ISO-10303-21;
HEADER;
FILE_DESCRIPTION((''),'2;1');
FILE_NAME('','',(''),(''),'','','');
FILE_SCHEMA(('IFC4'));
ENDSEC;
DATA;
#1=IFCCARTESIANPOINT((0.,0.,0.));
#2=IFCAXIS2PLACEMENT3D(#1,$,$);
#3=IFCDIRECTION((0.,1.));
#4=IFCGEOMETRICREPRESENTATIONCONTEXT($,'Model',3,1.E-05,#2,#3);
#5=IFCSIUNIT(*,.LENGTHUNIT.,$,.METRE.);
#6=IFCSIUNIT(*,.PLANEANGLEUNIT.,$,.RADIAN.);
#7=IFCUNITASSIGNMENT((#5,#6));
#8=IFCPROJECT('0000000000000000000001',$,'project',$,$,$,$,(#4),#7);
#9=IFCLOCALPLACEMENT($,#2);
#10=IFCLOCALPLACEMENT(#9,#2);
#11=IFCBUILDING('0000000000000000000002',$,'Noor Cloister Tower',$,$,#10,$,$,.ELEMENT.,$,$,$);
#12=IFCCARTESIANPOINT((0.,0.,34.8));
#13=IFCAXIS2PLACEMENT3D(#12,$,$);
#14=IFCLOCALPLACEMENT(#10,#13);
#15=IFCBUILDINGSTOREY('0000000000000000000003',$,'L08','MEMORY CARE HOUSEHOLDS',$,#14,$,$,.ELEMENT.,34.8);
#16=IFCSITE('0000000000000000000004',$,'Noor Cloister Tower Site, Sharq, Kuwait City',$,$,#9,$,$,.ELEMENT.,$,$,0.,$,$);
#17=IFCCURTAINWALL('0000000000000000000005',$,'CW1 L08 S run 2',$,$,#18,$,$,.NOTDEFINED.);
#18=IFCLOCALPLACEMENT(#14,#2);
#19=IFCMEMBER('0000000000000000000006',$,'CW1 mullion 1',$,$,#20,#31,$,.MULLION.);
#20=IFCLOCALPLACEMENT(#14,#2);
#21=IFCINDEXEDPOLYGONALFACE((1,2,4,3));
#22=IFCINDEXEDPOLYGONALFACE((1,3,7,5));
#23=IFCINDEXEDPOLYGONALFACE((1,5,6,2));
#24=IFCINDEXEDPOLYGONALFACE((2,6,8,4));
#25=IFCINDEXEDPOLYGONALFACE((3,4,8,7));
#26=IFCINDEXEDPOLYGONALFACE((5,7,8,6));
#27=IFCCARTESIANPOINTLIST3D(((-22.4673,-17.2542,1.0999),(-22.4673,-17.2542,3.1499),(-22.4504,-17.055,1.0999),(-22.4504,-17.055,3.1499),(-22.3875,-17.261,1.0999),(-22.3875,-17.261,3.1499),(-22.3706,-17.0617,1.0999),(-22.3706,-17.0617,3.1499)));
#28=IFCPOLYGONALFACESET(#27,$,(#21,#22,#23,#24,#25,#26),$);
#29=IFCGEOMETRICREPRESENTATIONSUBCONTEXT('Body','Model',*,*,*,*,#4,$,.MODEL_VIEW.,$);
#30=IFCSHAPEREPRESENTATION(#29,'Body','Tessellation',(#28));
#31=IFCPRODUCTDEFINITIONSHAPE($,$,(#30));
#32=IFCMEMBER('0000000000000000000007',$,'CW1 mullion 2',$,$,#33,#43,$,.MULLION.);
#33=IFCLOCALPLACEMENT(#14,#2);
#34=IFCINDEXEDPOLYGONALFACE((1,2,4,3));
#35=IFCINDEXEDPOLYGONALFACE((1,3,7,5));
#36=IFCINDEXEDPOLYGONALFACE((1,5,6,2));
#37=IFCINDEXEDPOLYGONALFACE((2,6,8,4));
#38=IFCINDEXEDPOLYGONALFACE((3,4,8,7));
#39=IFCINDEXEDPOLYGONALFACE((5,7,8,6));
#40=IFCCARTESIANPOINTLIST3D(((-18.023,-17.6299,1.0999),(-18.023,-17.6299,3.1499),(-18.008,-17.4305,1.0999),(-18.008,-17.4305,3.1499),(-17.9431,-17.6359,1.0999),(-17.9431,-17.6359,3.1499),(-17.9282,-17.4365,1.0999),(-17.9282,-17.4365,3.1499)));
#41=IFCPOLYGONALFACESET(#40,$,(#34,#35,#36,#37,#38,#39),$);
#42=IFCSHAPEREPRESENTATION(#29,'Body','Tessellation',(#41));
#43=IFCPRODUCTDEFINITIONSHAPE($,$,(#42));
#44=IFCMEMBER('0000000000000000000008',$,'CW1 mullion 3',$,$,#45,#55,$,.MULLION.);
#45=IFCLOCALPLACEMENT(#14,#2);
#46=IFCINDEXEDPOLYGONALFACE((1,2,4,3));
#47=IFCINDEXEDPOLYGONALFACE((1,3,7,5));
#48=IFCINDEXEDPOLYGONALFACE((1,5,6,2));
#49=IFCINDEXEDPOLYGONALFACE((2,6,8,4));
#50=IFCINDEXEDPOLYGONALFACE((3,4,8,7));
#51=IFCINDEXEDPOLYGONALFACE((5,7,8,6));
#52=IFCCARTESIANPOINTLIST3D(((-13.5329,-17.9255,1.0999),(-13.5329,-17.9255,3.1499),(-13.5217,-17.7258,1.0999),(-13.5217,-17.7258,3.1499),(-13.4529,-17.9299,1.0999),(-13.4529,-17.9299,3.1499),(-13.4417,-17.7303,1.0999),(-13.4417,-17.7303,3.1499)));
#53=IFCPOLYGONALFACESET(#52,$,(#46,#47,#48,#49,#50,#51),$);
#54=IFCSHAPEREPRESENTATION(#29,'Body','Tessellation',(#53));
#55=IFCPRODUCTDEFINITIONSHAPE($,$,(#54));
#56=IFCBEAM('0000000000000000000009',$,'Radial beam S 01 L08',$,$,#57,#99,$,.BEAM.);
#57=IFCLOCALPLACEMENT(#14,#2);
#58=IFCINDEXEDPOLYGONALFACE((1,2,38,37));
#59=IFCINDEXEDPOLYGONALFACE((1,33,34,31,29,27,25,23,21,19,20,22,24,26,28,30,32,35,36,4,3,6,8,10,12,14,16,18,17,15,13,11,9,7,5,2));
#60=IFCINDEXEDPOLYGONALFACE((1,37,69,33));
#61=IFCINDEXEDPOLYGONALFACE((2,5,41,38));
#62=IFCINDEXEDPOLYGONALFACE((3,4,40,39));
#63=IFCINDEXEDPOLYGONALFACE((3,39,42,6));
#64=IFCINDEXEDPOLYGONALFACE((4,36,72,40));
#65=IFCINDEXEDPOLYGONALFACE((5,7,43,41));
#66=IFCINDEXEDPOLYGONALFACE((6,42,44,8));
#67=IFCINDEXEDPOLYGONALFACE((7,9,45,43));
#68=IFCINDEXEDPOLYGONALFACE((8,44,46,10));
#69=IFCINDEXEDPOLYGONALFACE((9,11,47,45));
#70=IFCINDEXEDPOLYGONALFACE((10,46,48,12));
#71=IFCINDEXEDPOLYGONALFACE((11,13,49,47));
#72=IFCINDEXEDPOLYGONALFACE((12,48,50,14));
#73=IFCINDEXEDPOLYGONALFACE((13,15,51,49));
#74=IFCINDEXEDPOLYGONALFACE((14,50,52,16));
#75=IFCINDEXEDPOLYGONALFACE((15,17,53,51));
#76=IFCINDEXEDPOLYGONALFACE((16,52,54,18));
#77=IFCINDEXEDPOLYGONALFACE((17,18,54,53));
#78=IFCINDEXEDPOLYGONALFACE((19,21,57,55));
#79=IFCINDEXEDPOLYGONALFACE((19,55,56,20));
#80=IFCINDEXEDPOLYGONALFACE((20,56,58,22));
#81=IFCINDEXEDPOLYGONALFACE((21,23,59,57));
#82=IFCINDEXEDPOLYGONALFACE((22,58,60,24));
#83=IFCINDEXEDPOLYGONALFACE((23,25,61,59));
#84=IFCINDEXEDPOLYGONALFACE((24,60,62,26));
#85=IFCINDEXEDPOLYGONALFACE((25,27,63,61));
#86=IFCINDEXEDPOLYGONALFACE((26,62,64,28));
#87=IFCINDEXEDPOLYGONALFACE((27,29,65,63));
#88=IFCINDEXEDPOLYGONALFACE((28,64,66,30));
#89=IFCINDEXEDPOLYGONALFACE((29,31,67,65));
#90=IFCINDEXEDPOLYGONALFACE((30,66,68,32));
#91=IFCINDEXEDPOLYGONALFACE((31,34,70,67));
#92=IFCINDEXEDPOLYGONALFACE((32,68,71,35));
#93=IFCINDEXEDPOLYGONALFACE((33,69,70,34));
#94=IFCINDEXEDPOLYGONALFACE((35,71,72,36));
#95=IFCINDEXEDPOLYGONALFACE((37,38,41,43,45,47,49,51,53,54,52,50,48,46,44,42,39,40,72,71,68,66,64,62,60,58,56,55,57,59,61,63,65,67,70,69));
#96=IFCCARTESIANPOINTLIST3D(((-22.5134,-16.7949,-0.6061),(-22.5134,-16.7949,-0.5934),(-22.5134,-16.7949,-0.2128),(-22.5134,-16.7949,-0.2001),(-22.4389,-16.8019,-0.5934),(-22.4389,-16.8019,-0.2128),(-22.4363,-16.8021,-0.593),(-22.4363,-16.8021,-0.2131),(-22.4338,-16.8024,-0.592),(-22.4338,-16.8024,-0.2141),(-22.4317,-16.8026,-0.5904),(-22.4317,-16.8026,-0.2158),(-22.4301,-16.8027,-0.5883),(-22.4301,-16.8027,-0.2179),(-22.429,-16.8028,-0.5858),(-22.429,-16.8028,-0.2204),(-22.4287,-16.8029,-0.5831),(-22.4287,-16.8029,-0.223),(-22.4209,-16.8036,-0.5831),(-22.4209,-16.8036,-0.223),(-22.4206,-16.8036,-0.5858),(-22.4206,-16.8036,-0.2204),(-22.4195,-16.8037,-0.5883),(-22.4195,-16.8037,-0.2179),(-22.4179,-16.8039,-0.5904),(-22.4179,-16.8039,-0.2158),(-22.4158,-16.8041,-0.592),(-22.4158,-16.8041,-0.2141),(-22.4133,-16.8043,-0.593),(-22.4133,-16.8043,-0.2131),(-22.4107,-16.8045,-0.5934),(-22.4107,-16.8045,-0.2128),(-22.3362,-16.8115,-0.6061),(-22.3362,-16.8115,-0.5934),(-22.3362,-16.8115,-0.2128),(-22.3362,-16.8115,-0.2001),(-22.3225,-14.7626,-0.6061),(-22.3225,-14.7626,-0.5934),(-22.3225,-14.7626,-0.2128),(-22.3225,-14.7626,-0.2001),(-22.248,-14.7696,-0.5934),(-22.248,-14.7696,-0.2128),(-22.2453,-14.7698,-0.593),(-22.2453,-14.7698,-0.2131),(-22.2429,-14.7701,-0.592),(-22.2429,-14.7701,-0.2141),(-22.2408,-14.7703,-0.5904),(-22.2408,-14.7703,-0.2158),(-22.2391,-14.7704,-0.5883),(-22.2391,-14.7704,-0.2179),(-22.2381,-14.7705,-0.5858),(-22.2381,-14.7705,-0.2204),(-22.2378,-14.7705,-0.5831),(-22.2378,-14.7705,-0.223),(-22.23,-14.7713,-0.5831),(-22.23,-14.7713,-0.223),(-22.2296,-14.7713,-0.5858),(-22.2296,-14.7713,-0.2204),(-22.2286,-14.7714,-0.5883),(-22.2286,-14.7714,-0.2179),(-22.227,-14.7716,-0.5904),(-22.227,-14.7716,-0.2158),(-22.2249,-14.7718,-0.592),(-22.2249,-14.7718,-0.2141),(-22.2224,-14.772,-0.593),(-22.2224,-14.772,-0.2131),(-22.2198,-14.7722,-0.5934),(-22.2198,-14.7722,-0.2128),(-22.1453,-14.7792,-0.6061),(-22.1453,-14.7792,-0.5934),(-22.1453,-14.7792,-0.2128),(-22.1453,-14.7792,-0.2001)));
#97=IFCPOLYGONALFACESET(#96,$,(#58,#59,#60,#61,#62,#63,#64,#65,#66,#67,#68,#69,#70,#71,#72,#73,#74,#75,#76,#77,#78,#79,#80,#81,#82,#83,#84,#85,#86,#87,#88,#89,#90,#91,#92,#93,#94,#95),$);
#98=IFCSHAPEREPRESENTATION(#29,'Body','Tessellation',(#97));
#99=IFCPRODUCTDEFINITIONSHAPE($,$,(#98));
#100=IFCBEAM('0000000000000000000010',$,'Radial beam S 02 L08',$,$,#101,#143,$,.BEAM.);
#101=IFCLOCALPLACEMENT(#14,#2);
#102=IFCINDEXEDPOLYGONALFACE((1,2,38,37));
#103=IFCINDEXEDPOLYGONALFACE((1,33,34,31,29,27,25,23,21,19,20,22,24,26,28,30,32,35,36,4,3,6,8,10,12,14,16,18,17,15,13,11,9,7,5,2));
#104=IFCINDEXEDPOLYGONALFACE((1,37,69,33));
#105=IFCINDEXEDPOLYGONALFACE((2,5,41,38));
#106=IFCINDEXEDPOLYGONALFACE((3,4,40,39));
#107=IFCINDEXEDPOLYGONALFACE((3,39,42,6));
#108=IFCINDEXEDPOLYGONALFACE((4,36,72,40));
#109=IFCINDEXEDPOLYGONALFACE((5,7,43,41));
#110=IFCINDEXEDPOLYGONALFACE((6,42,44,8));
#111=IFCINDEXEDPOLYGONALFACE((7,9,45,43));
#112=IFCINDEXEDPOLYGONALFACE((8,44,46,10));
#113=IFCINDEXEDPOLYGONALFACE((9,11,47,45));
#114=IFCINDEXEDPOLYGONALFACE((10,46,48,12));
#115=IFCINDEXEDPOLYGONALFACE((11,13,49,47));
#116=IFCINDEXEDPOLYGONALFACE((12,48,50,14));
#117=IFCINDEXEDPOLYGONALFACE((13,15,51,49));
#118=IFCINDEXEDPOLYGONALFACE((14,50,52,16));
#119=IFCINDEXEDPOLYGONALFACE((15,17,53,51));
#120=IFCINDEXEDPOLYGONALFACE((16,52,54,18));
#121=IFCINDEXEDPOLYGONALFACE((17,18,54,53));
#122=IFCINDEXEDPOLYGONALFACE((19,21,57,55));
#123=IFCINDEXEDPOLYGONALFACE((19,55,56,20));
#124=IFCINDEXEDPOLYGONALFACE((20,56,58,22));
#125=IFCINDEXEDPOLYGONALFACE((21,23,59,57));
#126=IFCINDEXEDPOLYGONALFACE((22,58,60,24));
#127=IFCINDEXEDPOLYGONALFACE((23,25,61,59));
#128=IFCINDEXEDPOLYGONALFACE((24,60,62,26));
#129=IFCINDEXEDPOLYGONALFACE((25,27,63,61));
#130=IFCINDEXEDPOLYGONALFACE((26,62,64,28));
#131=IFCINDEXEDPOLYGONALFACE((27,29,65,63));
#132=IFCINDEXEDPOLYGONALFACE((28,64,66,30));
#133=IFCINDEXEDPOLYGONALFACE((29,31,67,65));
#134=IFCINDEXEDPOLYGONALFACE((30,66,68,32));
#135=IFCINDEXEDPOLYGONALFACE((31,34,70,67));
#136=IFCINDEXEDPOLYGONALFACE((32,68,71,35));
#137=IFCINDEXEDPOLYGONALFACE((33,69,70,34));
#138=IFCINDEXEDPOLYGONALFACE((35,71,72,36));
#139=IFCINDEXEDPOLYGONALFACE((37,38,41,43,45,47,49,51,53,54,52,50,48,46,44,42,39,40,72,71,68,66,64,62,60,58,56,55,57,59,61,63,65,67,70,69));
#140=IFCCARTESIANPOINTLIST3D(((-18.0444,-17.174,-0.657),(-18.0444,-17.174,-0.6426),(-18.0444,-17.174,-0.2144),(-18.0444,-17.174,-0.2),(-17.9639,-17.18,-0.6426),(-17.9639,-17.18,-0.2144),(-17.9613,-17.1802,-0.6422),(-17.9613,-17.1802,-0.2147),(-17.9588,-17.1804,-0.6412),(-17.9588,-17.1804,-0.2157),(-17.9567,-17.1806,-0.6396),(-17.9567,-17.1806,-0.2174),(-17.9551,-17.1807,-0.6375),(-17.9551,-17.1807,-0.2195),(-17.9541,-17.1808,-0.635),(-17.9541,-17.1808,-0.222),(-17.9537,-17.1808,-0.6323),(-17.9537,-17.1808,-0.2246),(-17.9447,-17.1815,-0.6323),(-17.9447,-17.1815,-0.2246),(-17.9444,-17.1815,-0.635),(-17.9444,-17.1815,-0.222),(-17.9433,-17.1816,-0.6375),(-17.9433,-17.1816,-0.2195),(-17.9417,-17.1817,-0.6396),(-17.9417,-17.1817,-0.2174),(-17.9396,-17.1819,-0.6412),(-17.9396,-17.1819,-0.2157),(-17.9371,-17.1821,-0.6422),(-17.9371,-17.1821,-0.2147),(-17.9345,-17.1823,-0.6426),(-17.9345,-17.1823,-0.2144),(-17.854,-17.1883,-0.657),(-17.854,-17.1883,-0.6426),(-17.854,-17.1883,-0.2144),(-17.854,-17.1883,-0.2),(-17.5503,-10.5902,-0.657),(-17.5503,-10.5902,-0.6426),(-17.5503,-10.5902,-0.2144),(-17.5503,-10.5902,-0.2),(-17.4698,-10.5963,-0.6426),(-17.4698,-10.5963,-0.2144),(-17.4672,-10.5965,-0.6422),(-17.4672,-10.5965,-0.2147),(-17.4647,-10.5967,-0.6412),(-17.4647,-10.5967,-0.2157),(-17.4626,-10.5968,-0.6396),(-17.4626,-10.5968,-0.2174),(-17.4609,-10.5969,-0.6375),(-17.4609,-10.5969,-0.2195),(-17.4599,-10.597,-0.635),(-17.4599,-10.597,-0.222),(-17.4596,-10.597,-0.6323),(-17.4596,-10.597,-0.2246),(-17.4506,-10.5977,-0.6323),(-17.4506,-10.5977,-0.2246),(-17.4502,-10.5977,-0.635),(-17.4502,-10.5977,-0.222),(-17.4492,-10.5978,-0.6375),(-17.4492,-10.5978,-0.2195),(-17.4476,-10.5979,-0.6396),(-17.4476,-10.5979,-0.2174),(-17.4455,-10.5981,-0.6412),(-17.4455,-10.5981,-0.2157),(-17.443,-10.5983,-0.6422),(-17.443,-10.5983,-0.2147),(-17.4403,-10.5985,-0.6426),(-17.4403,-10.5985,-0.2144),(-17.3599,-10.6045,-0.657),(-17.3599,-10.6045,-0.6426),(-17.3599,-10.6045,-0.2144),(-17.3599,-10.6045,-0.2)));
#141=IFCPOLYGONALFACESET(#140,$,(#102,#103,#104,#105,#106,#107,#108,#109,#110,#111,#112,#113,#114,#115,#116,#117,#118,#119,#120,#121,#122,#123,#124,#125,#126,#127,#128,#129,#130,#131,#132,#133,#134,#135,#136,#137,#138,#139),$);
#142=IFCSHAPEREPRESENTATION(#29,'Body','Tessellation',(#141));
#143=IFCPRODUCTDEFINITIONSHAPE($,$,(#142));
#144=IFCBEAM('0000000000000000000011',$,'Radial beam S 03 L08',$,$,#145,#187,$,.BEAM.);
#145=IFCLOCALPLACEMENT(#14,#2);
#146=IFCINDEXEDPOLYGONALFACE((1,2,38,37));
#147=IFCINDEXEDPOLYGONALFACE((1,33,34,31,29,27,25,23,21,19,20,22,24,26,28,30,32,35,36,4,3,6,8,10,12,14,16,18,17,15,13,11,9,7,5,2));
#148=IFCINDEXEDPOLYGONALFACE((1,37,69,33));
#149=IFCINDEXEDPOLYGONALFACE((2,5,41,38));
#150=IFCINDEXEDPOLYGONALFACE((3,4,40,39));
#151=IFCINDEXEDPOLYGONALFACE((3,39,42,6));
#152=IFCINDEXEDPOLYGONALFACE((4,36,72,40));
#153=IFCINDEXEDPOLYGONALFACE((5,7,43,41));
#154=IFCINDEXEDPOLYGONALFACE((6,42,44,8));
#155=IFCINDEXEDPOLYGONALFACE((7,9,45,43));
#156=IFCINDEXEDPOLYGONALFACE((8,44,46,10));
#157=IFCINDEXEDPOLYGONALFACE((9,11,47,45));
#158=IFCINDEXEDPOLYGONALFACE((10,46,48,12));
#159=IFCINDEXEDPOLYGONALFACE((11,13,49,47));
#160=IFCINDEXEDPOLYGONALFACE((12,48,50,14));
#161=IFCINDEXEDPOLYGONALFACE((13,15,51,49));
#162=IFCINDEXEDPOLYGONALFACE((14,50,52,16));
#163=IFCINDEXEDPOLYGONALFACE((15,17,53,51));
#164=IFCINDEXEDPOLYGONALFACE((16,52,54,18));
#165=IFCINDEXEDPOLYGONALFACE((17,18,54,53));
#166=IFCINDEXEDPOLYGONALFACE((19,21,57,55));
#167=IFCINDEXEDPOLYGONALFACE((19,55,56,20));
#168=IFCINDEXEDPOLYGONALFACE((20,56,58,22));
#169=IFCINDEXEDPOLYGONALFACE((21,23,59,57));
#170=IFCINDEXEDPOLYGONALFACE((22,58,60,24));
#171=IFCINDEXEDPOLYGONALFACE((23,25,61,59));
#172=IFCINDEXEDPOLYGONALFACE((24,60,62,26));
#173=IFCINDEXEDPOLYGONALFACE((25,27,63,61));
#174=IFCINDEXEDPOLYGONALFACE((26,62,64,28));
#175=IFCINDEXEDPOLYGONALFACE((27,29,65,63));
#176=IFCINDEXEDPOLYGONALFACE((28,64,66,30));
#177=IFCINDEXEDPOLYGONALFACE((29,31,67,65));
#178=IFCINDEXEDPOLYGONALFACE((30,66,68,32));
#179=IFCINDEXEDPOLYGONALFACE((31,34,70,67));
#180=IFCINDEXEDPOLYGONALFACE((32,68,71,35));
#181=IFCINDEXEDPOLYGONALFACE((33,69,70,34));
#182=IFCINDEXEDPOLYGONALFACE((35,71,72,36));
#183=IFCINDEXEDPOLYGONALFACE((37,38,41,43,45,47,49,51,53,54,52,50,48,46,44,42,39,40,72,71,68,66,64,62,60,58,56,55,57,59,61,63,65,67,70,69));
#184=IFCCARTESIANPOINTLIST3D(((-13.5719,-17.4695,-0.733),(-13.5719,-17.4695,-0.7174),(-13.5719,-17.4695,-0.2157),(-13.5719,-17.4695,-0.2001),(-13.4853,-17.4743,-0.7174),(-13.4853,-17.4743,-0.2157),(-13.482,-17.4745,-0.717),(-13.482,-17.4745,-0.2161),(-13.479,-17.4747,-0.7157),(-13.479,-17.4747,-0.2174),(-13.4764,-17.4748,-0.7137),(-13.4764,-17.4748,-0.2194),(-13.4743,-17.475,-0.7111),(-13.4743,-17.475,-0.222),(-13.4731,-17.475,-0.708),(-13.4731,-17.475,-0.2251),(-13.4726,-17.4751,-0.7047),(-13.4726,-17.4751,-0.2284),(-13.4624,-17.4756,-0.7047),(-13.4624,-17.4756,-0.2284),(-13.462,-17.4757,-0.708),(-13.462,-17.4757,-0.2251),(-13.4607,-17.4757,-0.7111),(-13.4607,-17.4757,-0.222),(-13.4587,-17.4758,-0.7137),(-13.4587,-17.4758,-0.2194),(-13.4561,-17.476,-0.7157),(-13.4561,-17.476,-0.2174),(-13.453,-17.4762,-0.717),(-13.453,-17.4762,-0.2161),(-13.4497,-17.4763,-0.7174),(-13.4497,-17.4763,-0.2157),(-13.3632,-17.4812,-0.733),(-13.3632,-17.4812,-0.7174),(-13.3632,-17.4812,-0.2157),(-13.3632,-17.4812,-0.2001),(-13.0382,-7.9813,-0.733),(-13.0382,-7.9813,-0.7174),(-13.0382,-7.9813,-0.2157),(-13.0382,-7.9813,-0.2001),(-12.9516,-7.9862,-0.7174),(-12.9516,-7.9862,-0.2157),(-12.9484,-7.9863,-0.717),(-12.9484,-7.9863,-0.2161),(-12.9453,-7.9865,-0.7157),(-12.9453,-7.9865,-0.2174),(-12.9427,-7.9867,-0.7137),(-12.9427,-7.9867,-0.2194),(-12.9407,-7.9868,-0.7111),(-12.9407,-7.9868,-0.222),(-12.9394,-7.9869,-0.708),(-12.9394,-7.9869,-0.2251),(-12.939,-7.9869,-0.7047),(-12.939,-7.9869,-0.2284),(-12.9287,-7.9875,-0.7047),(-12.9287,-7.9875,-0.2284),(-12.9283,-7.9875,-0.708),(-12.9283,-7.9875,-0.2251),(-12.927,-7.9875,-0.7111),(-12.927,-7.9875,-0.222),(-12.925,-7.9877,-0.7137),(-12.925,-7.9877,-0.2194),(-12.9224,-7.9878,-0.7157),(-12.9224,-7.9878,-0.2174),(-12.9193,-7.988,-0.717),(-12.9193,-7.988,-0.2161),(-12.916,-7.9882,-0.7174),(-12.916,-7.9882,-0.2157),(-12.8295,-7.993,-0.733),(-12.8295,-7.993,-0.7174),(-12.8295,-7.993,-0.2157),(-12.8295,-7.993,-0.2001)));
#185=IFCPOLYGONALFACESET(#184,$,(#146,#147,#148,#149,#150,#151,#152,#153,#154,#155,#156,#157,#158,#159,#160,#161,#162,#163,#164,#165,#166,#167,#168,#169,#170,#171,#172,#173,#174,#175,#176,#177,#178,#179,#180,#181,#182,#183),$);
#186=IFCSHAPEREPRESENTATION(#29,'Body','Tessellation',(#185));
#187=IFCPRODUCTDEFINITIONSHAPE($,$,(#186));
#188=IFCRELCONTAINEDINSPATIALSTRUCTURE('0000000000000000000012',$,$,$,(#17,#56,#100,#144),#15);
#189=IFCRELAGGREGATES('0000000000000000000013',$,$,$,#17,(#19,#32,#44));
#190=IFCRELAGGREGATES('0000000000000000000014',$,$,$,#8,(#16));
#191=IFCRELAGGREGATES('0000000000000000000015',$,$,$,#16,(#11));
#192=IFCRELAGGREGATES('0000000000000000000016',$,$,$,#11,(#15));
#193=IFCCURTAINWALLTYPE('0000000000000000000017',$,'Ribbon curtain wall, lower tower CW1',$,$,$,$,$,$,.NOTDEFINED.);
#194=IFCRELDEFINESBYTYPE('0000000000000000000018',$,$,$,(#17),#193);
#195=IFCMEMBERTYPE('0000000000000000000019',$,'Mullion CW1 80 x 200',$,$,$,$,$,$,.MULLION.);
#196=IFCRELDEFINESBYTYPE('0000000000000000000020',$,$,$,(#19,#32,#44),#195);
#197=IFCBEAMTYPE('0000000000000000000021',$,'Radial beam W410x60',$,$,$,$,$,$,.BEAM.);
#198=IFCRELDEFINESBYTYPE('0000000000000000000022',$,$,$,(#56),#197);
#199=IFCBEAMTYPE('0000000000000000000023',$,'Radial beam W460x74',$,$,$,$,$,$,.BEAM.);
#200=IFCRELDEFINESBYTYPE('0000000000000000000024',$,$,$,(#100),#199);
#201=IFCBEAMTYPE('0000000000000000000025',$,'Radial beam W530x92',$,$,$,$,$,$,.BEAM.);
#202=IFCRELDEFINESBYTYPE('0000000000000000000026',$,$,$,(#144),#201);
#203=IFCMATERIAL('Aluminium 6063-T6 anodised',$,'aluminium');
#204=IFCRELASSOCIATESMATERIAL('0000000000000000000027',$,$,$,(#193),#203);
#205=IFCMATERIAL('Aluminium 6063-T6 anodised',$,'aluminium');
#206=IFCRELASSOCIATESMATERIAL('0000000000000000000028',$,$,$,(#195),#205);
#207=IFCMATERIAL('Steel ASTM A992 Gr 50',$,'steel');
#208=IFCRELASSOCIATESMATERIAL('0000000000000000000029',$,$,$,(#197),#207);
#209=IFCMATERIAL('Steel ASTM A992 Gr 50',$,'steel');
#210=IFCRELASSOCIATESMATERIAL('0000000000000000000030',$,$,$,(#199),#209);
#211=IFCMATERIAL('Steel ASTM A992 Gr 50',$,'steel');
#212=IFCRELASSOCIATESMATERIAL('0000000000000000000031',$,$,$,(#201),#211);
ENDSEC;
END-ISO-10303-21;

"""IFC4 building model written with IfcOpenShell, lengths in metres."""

from ifc_helpers import new_model, si_unit, direction, frame, origin, origin_2d, place, context, subcontext, project, spatial, rectangle, i_section, extrude, material, material_profile, profile_set, type_object, element, aggregate, save


model = new_model("IFC4")

# Units and contexts
model_context = context("Model", 3, precision=1e-05, world=origin(), true_north=direction((0.0, 1.0)))
body_context = subcontext(model_context, "Body", "Model", "MODEL_VIEW")
ifc_project = project(units=[si_unit("LENGTHUNIT", "METRE"), si_unit("PLANEANGLEUNIT", "RADIAN")], contexts=[model_context])

# Site, building, storey
site_placement = place(None, origin())
site = spatial("IfcSite", under=ifc_project, at=site_placement, Name="Noor Cloister Tower Site, Sharq, Kuwait City", CompositionType="ELEMENT", RefElevation=0.0)
building_placement = place(site_placement, origin())
building = spatial("IfcBuilding", under=site, at=building_placement, Name="Noor Cloister Tower", CompositionType="ELEMENT")
storey_placement = place(building_placement, frame((0.0, 0.0, 34.8)))
storey = spatial("IfcBuildingStorey", under=building, at=storey_placement, Name="L08", Description="MEMORY CARE HOUSEHOLDS", CompositionType="ELEMENT", Elevation=34.8)

# Curtain wall, members
ifc_material_1 = material(Name="Aluminium 6063-T6 anodised", Category="aluminium")
curtain_wall_type = type_object("IfcCurtainWallType", Name="Ribbon curtain wall, lower tower CW1", PredefinedType="NOTDEFINED", material=ifc_material_1)
curtain_wall_placement = place(storey_placement, origin())
curtain_wall = element("IfcCurtainWall", 1, at=curtain_wall_placement, inside=storey, type_object=curtain_wall_type, Name="CW1 L08 S run 2", PredefinedType="NOTDEFINED")
ifc_material_2 = material(Name="Aluminium 6063-T6 anodised", Category="aluminium")
ifc_material_profile_1 = material_profile(ifc_material_2, rectangle(XDim=0.2, YDim=0.0801, at=origin_2d()), Name="200 x 80 mullion")
ifc_profile_set_1 = profile_set([ifc_material_profile_1], Name="Aluminium 6063-T6 anodised")
member_type = type_object("IfcMemberType", Name="Mullion CW1 80 x 200", PredefinedType="MULLION", material=ifc_profile_set_1)
member_1_placement = place(storey_placement, frame((-22.4189, -17.158, 1.0999), z_axis=(0.0, 0.0, 1.0), x_axis=(0.084174, 0.996451, 0.0)))
member_1 = element("IfcMember", 2, at=member_1_placement, type_object=member_type, Name="CW1 mullion 1", PredefinedType="MULLION", context=body_context, shape_type="SweptSolid", body=[
    extrude(rectangle(XDim=0.2, YDim=0.0801, at=origin_2d()), origin(), (0.0, 0.0, 1.0), 2.05),
])
member_2_placement = place(storey_placement, frame((-17.9756, -17.5332, 1.0999), z_axis=(0.0, 0.0, 1.0), x_axis=(0.07484, 0.997196, 0.0)))
member_2 = element("IfcMember", 3, at=member_2_placement, type_object=member_type, Name="CW1 mullion 2", PredefinedType="MULLION", context=body_context, shape_type="SweptSolid", body=[
    extrude(rectangle(XDim=0.2, YDim=0.0801, at=origin_2d()), origin(), (0.0, 0.0, 1.0), 2.05),
])
member_3_placement = place(storey_placement, frame((-13.4873, -17.8279, 1.0999), z_axis=(0.0, 0.0, 1.0), x_axis=(0.056153, 0.998422, 0.0)))
member_3 = element("IfcMember", 4, at=member_3_placement, type_object=member_type, Name="CW1 mullion 3", PredefinedType="MULLION", context=body_context, shape_type="SweptSolid", body=[
    extrude(rectangle(XDim=0.2, YDim=0.0801, at=origin_2d()), origin(), (0.0, 0.0, 1.0), 2.05),
])

# Beams
ifc_material_3 = material(Name="Steel ASTM A992 Gr 50", Category="steel")
ifc_material_profile_2 = material_profile(ifc_material_3, i_section(OverallWidth=0.178, OverallDepth=0.406, WebThickness=0.0078, FlangeThickness=0.0127, FilletRadius=0.0103, at=origin_2d()), Name="W410x60")
ifc_profile_set_2 = profile_set([ifc_material_profile_2], Name="Steel ASTM A992 Gr 50")
beam_type_1 = type_object("IfcBeamType", Name="Radial beam W410x60", PredefinedType="BEAM", material=ifc_profile_set_2)
beam_1_placement = place(storey_placement, frame((-22.4248, -16.8032, -0.4031), z_axis=(0.093533, 0.995616, 0.0), x_axis=(-0.995616, 0.093533, 0.0)))
element("IfcBeam", 5, at=beam_1_placement, inside=storey, type_object=beam_type_1, Name="Radial beam S 01 L08", PredefinedType="BEAM", context=body_context, shape_type="SweptSolid", body=[
    extrude(i_section(OverallWidth=0.178, OverallDepth=0.406, WebThickness=0.0078, FlangeThickness=0.0127, FilletRadius=0.0103, at=origin_2d()), origin(), (0.0, 0.0, 1.0), 2.0413),
])
ifc_material_4 = material(Name="Steel ASTM A992 Gr 50", Category="steel")
ifc_material_profile_3 = material_profile(ifc_material_4, i_section(OverallWidth=0.1909, OverallDepth=0.457, WebThickness=0.009, FlangeThickness=0.0144, FilletRadius=0.0103, at=origin_2d()), Name="W460x74")
ifc_profile_set_3 = profile_set([ifc_material_profile_3], Name="Steel ASTM A992 Gr 50")
beam_type_2 = type_object("IfcBeamType", Name="Radial beam W460x74", PredefinedType="BEAM", material=ifc_profile_set_3)
beam_2_placement = place(storey_placement, frame((-17.9492, -17.1812, -0.4285), z_axis=(0.074844, 0.997195, 0.0), x_axis=(-0.997195, 0.074844, 0.0)))
element("IfcBeam", 6, at=beam_2_placement, inside=storey, type_object=beam_type_2, Name="Radial beam S 02 L08", PredefinedType="BEAM", context=body_context, shape_type="SweptSolid", body=[
    extrude(i_section(OverallWidth=0.1909, OverallDepth=0.457, WebThickness=0.009, FlangeThickness=0.0144, FilletRadius=0.0103, at=origin_2d()), origin(), (0.0, 0.0, 1.0), 6.6023),
])
ifc_material_5 = material(Name="Steel ASTM A992 Gr 50", Category="steel")
ifc_material_profile_4 = material_profile(ifc_material_5, i_section(OverallWidth=0.209, OverallDepth=0.533, WebThickness=0.0103, FlangeThickness=0.0156, FilletRadius=0.0127, at=origin_2d()), Name="W530x92")
ifc_profile_set_4 = profile_set([ifc_material_profile_4], Name="Steel ASTM A992 Gr 50")
beam_type_3 = type_object("IfcBeamType", Name="Radial beam W530x92", PredefinedType="BEAM", material=ifc_profile_set_4)
beam_3_placement = place(storey_placement, frame((-13.4675, -17.4753, -0.4666), z_axis=(0.056159, 0.998422, 0.0), x_axis=(-0.998422, 0.056159, 0.0)))
element("IfcBeam", 7, at=beam_3_placement, inside=storey, type_object=beam_type_3, Name="Radial beam S 03 L08", PredefinedType="BEAM", context=body_context, shape_type="SweptSolid", body=[
    extrude(i_section(OverallWidth=0.209, OverallDepth=0.533, WebThickness=0.0103, FlangeThickness=0.0156, FilletRadius=0.0127, at=origin_2d()), origin(), (0.0, 0.0, 1.0), 9.5032),
])

aggregate(curtain_wall, [member_1, member_2, member_3])

save(model, "model.ifc")
